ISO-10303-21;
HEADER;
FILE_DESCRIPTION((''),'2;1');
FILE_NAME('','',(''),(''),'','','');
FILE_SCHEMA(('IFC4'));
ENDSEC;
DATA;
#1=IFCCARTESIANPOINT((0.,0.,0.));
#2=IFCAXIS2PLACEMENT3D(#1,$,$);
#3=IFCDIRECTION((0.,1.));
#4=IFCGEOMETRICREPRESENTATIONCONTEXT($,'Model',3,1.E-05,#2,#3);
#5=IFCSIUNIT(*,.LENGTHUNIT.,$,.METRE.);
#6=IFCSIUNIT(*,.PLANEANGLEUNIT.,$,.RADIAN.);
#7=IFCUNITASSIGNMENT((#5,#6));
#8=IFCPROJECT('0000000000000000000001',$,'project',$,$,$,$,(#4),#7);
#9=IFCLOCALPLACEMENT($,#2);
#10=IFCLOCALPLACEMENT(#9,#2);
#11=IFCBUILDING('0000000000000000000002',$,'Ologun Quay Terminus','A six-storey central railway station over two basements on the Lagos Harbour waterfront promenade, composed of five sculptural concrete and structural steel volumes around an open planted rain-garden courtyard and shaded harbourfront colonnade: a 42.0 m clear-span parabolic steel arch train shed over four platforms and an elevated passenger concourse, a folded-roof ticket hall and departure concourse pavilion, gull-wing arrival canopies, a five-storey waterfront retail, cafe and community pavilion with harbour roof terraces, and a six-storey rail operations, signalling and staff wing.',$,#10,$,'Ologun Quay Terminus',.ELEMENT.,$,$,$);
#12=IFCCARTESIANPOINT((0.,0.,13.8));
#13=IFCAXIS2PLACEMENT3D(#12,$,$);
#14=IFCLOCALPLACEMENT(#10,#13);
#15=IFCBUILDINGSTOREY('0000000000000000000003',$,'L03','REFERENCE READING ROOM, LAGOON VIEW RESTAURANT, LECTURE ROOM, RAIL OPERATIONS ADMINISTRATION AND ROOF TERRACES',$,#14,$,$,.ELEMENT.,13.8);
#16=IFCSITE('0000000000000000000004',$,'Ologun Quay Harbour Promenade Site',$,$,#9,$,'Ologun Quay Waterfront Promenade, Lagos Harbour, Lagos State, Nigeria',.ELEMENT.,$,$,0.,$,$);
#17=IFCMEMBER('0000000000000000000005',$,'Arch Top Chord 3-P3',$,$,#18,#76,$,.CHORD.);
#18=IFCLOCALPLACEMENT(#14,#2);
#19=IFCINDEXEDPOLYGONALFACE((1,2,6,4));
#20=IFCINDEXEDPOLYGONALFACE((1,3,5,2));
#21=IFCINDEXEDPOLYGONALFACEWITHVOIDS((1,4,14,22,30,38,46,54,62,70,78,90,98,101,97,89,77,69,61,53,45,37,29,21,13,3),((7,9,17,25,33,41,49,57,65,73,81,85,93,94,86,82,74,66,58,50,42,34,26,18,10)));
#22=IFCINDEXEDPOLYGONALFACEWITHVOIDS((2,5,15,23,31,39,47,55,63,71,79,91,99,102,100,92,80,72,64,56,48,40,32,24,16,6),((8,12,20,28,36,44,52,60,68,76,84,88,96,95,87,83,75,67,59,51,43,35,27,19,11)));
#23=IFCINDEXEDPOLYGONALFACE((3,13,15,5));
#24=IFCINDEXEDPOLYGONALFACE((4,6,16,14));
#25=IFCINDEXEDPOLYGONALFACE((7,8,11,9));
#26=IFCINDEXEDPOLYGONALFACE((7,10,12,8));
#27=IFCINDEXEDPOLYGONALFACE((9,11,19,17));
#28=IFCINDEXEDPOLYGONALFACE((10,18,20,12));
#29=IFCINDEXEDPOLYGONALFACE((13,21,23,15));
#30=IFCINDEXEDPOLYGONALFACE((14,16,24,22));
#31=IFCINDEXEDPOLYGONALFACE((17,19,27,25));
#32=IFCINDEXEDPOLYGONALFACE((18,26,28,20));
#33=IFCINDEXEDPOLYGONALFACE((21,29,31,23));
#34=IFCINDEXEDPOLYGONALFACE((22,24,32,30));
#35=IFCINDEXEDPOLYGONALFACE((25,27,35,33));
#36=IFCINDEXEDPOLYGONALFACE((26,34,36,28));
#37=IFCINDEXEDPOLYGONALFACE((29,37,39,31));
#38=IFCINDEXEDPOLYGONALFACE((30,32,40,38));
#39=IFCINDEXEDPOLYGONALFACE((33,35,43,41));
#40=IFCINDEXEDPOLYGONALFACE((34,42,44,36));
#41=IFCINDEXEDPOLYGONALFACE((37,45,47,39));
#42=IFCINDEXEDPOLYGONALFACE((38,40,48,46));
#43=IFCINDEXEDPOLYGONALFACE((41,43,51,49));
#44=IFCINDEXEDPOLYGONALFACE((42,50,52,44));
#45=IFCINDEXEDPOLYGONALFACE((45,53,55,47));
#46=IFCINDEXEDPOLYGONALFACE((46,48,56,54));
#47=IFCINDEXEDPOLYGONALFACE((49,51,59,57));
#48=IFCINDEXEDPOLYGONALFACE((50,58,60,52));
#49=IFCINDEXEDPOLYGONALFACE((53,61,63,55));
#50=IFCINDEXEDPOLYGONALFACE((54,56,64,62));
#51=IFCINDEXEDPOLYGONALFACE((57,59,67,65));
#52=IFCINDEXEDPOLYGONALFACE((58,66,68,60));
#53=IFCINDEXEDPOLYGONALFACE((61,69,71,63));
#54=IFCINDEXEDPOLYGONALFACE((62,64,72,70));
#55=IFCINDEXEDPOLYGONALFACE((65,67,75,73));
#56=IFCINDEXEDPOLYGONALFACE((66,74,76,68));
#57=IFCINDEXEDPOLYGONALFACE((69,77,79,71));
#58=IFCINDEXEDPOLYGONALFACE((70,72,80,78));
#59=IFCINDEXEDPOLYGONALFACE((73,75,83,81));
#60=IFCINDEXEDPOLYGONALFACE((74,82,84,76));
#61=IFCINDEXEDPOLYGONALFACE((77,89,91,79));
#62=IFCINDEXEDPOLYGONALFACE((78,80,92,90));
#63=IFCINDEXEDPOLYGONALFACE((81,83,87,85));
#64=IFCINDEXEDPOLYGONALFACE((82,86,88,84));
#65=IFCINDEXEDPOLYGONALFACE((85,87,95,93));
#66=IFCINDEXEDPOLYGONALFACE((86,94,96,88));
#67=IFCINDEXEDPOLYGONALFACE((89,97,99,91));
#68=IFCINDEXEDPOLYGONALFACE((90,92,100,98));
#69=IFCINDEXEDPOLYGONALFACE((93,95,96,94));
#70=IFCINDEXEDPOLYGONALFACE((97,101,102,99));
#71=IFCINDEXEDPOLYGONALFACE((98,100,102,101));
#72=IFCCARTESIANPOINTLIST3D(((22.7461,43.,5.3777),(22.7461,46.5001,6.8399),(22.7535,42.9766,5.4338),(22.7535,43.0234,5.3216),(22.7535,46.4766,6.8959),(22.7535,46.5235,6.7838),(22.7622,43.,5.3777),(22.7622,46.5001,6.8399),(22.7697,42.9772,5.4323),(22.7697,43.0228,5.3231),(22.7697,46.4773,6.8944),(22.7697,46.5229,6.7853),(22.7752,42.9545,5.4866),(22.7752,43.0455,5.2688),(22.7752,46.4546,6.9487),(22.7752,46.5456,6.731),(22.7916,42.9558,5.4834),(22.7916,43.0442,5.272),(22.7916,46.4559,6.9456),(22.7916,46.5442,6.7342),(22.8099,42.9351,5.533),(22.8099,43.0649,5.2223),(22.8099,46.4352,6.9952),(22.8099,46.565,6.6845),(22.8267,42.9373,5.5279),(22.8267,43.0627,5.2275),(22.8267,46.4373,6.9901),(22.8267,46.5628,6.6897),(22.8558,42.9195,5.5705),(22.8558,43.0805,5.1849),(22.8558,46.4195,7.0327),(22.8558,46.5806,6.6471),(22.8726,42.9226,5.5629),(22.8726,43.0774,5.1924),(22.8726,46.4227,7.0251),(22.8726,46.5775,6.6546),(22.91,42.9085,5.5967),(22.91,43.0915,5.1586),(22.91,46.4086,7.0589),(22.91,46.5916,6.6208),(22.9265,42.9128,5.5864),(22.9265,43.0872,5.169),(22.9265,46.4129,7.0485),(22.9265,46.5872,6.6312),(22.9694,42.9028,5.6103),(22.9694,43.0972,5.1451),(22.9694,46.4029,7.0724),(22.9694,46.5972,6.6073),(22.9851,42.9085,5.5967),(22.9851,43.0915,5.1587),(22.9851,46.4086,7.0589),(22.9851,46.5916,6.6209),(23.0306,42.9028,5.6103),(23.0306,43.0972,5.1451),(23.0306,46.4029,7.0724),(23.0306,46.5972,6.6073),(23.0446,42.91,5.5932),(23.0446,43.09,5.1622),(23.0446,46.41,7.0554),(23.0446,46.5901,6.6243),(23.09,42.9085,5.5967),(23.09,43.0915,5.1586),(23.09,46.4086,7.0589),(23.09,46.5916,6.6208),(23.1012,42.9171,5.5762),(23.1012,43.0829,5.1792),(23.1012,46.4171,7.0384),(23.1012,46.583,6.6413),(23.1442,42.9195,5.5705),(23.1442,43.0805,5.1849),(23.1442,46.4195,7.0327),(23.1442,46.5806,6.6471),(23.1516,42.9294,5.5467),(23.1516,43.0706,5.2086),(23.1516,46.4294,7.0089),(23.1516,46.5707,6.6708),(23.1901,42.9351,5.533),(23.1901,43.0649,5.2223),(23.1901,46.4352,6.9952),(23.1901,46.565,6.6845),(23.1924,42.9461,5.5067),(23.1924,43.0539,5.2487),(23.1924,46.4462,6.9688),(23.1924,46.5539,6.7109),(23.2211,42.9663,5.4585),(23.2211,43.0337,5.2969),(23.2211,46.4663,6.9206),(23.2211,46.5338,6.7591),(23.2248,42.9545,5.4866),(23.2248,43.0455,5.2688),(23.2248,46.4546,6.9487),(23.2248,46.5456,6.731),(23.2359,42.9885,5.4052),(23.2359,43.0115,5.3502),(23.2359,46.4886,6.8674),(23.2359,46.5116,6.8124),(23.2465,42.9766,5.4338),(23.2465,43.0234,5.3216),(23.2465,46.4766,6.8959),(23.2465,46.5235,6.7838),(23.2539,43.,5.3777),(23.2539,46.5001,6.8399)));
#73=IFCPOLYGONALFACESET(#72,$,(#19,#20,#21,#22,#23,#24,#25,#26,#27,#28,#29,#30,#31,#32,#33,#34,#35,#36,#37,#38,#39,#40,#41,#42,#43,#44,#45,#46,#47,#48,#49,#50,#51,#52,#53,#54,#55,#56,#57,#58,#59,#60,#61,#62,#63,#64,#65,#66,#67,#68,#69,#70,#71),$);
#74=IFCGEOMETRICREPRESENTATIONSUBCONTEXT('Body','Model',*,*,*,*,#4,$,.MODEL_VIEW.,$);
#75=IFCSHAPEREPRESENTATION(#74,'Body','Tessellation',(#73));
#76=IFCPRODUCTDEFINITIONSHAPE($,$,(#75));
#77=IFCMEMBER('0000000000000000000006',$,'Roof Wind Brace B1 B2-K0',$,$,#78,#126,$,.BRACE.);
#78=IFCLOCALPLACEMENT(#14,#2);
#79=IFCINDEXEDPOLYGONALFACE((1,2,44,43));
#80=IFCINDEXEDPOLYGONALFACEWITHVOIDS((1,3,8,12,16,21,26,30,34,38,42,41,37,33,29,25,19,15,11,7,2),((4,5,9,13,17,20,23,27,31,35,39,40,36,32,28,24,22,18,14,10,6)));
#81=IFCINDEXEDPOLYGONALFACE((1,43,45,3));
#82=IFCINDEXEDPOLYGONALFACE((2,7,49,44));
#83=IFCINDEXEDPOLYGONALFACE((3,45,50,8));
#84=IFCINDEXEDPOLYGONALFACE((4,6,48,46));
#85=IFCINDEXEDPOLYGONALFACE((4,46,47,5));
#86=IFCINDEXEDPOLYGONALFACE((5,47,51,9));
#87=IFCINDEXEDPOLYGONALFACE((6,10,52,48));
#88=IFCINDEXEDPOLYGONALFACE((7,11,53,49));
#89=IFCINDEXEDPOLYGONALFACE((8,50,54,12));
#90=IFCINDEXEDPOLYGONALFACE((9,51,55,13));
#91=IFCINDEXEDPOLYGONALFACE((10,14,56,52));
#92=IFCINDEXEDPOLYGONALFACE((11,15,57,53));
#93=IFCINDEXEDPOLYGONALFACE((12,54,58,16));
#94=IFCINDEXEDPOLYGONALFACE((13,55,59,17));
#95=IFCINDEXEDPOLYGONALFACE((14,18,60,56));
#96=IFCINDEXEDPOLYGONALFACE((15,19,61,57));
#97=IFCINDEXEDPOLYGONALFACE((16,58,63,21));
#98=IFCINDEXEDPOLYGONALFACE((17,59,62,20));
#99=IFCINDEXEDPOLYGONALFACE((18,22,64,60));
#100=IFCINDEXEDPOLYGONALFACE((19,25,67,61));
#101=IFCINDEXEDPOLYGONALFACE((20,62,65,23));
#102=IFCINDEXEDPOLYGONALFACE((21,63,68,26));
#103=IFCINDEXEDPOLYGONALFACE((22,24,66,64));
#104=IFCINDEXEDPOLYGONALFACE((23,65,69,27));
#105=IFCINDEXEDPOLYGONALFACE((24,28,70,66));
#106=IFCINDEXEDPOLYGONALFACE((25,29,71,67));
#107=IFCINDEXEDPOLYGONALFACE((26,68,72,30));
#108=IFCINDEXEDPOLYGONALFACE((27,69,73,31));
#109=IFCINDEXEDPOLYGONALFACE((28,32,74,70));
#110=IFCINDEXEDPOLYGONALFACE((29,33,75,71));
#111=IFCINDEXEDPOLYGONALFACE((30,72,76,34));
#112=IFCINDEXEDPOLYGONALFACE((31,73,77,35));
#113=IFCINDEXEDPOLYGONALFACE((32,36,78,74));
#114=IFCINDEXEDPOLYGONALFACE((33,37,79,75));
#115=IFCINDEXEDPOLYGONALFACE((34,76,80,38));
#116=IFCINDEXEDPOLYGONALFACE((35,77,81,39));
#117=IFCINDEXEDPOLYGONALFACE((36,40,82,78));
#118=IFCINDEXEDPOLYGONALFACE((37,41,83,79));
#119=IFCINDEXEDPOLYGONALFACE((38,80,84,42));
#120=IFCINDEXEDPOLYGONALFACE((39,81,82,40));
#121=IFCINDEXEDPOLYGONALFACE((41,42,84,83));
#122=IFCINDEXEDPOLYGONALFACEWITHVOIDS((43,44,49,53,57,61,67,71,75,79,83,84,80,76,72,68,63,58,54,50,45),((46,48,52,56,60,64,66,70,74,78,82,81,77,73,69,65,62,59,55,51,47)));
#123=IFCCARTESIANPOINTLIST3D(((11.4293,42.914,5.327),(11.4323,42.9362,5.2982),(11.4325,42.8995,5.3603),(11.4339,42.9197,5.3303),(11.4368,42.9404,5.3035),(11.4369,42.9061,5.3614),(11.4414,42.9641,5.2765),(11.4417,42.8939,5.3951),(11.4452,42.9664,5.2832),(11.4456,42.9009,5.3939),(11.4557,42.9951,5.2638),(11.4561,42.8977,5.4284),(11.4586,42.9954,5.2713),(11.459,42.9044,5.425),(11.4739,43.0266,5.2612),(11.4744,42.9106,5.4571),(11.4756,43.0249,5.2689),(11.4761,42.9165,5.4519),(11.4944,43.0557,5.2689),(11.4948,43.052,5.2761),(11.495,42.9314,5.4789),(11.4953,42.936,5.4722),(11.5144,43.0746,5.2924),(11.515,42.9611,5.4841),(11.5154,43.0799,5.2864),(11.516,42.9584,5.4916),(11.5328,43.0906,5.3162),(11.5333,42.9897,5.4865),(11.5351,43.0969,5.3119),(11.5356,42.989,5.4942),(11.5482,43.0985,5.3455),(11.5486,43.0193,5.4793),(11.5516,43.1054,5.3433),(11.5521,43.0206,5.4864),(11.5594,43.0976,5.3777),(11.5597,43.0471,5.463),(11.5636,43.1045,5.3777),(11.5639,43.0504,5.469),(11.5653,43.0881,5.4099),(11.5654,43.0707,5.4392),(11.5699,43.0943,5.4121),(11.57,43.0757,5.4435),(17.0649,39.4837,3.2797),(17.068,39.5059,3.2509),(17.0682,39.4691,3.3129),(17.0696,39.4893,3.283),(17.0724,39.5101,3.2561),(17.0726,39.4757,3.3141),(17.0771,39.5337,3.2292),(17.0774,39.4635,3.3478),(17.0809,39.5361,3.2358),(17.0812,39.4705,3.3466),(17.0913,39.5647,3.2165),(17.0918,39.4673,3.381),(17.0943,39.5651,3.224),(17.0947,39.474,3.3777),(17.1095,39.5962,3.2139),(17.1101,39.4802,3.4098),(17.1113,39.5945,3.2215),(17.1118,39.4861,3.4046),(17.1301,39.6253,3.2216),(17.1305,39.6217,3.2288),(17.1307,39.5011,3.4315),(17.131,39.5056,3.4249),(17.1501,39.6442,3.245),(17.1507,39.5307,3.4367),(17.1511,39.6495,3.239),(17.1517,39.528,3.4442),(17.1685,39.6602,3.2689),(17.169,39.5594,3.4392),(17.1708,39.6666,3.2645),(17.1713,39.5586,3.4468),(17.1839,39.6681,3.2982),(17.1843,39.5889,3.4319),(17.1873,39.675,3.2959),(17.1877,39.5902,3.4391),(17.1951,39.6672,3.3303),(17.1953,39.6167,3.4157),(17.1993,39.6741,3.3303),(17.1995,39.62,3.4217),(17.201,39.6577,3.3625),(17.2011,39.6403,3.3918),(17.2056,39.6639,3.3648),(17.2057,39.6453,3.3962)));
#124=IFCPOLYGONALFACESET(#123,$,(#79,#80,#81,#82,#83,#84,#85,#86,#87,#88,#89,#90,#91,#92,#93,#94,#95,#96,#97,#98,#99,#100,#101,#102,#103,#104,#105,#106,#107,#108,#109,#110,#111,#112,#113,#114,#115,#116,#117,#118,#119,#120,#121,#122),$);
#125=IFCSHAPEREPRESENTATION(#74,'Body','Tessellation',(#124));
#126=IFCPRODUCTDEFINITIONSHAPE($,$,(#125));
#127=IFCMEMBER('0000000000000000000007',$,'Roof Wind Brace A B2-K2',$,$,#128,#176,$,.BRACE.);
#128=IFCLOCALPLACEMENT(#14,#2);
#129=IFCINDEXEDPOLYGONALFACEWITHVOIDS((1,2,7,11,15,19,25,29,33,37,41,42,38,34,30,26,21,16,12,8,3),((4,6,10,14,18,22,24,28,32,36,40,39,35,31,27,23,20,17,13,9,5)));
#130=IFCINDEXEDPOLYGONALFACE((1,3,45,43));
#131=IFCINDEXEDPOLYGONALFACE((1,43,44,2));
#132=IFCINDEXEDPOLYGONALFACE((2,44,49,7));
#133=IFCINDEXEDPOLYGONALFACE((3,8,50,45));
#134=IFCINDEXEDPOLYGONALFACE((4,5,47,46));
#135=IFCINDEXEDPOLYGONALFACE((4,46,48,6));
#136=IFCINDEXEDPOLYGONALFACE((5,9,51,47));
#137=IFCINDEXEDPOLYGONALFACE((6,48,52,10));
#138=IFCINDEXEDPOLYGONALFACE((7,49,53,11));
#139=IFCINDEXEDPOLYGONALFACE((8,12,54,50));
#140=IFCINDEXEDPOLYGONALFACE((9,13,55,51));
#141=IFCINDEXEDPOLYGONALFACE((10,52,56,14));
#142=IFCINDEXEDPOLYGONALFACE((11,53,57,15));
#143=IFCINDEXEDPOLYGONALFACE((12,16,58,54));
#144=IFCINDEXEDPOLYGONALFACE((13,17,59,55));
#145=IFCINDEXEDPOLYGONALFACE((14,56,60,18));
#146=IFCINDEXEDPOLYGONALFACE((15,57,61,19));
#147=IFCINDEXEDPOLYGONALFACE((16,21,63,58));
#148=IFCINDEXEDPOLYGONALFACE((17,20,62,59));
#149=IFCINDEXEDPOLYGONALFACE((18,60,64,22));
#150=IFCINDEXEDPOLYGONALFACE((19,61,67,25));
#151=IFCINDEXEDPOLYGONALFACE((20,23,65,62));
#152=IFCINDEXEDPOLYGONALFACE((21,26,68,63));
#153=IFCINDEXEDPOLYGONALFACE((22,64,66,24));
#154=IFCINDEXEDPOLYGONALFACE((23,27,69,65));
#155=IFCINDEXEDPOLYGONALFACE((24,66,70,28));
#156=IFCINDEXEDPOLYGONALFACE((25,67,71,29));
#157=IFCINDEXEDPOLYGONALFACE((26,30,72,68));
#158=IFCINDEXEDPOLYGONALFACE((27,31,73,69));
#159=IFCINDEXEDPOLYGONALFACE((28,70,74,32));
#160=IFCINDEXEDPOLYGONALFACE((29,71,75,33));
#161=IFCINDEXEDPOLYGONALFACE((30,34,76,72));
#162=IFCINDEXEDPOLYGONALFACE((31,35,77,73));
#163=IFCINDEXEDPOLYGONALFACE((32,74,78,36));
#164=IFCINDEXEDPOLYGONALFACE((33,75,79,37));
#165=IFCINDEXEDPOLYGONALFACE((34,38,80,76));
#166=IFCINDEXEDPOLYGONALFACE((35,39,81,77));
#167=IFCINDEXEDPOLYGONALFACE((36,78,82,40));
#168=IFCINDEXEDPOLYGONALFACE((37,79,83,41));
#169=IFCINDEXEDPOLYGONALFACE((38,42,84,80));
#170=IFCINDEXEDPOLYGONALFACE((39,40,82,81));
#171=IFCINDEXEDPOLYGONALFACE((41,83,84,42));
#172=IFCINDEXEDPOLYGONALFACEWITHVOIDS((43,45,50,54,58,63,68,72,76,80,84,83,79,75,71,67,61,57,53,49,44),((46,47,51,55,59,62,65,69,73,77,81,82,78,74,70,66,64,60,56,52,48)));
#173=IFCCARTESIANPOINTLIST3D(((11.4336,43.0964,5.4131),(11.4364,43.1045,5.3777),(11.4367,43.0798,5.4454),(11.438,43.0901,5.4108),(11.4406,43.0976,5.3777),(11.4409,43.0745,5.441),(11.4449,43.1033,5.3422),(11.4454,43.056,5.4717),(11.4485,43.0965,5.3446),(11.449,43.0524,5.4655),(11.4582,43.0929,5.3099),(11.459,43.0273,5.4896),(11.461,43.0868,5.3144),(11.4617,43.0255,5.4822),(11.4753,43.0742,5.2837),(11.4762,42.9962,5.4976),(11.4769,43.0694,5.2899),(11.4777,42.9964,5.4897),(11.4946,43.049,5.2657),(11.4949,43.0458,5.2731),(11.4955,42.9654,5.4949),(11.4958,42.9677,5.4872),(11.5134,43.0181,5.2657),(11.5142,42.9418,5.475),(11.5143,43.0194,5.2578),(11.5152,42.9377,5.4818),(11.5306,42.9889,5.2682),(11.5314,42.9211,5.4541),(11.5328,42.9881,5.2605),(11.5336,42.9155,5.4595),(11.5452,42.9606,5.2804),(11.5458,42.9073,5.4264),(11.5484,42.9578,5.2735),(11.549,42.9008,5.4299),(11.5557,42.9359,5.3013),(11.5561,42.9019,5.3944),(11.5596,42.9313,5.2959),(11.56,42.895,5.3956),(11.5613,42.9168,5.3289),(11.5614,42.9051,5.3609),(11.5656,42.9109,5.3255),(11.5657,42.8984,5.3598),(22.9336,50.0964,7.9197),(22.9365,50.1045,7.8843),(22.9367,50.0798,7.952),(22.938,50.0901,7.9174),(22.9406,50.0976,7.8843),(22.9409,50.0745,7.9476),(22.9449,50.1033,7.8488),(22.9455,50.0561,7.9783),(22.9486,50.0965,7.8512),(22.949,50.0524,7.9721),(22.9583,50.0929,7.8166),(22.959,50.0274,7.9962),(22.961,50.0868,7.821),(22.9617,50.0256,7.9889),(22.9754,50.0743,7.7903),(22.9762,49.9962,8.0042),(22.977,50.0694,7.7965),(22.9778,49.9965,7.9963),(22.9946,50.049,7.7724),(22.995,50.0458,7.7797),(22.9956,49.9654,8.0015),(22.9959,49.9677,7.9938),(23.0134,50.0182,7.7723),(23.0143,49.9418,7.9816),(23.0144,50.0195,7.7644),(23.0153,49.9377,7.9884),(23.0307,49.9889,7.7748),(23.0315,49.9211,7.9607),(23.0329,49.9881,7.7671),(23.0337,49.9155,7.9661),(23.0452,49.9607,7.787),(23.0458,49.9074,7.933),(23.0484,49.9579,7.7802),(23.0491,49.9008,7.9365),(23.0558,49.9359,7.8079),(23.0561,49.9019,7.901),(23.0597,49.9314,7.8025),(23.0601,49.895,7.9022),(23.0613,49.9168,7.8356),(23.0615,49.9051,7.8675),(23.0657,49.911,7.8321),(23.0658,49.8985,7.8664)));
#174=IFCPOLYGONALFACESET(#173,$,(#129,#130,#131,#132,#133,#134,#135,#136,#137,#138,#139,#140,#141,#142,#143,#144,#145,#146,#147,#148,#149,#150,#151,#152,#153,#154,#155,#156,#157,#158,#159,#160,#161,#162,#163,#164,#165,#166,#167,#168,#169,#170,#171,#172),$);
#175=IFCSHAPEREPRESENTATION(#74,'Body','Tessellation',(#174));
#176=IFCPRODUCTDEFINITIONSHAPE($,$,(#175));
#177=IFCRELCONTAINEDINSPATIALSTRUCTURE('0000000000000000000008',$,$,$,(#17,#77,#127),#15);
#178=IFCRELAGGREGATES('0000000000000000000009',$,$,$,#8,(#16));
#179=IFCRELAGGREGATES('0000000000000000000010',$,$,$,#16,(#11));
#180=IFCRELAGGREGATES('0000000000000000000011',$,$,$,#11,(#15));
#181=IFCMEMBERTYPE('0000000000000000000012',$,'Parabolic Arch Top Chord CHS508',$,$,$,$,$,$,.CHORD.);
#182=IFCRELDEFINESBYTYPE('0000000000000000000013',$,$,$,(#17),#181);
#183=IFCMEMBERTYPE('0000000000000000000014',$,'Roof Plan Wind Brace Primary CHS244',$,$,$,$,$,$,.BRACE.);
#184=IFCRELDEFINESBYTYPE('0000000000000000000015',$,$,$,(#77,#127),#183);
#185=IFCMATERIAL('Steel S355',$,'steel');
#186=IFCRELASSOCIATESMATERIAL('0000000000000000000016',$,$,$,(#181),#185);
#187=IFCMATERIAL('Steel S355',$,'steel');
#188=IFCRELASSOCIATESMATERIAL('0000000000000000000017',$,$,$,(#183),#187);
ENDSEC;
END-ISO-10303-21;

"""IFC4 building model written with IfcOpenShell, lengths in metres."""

from ifc_helpers import new_model, si_unit, direction, frame, origin, origin_2d, place, context, subcontext, project, spatial, hollow_circle, extrude, material, material_profile, profile_set, type_object, element, save


model = new_model("IFC4")

# Units and contexts
model_context = context("Model", 3, precision=1e-05, world=origin(), true_north=direction((0.0, 1.0)))
body_context = subcontext(model_context, "Body", "Model", "MODEL_VIEW")
ifc_project = project(units=[si_unit("LENGTHUNIT", "METRE"), si_unit("PLANEANGLEUNIT", "RADIAN")], contexts=[model_context])

# Site, building, storey
site_placement = place(None, origin())
site = spatial("IfcSite", under=ifc_project, at=site_placement, Name="Ologun Quay Harbour Promenade Site", LongName="Ologun Quay Waterfront Promenade, Lagos Harbour, Lagos State, Nigeria", CompositionType="ELEMENT", RefElevation=0.0)
building_placement = place(site_placement, origin())
building = spatial("IfcBuilding", under=site, at=building_placement, Name="Ologun Quay Terminus", Description="A six-storey central railway station over two basements on the Lagos Harbour waterfront promenade, composed of five sculptural concrete and structural steel volumes around an open planted rain-garden courtyard and shaded harbourfront colonnade: a 42.0 m clear-span parabolic steel arch train shed over four platforms and an elevated passenger concourse, a folded-roof ticket hall and departure concourse pavilion, gull-wing arrival canopies, a five-storey waterfront retail, cafe and community pavilion with harbour roof terraces, and a six-storey rail operations, signalling and staff wing.", LongName="Ologun Quay Terminus", CompositionType="ELEMENT")
storey_placement = place(building_placement, frame((0.0, 0.0, 13.8)))
storey = spatial("IfcBuildingStorey", under=building, at=storey_placement, Name="L03", Description="REFERENCE READING ROOM, LAGOON VIEW RESTAURANT, LECTURE ROOM, RAIL OPERATIONS ADMINISTRATION AND ROOF TERRACES", CompositionType="ELEMENT", Elevation=13.8)

# Members
ifc_material_1 = material(Name="Steel S355", Category="steel")
ifc_material_profile_1 = material_profile(ifc_material_1, hollow_circle(Radius=0.2539, WallThickness=0.0161, at=origin_2d()), Name="CHS 508x16")
ifc_profile_set_1 = profile_set([ifc_material_profile_1], Name="Steel S355")
member_type_1 = type_object("IfcMemberType", Name="Parabolic Arch Top Chord CHS508", PredefinedType="CHORD", material=ifc_profile_set_1)
member_1_placement = place(storey_placement, frame((23.0, 43.0, 5.3777), z_axis=(0.0, 0.922719, 0.385474), x_axis=(-1.0, 0.0, 0.0)))
element("IfcMember", 1, at=member_1_placement, inside=storey, type_object=member_type_1, Name="Arch Top Chord 3-P3", PredefinedType="CHORD", context=body_context, shape_type="SweptSolid", body=[
    extrude(hollow_circle(Radius=0.2539, WallThickness=0.0161, at=origin_2d()), origin(), (0.0, 0.0, 1.0), 3.7932),
])
ifc_material_2 = material(Name="Steel S355", Category="steel")
ifc_material_profile_2 = material_profile(ifc_material_2, hollow_circle(Radius=0.1223, WallThickness=0.0081, at=origin_2d()), Name="CHS 244.5x8")
ifc_profile_set_2 = profile_set([ifc_material_profile_2], Name="Steel S355")
member_type_2 = type_object("IfcMemberType", Name="Roof Plan Wind Brace Primary CHS244", PredefinedType="BRACE", material=ifc_profile_set_2)
member_2_placement = place(storey_placement, frame((11.5, 43.0, 5.3777), z_axis=(0.815823, -0.496583, -0.296374), x_axis=(0.519943, 0.854201, 0.0)))
element("IfcMember", 2, at=member_2_placement, inside=storey, type_object=member_type_2, Name="Roof Wind Brace B1 B2-K0", PredefinedType="BRACE", context=body_context, shape_type="SweptSolid", body=[
    extrude(hollow_circle(Radius=0.1223, WallThickness=0.0081, at=origin_2d()), origin(), (0.0, 0.0, 1.0), 6.908),
])
member_3_placement = place(storey_placement, frame((11.5, 43.0, 5.3777), z_axis=(0.839767, 0.511163, 0.183039), x_axis=(-0.519947, 0.854199, 0.0)))
element("IfcMember", 3, at=member_3_placement, inside=storey, type_object=member_type_2, Name="Roof Wind Brace A B2-K2", PredefinedType="BRACE", context=body_context, shape_type="SweptSolid", body=[
    extrude(hollow_circle(Radius=0.1223, WallThickness=0.0081, at=origin_2d()), origin(), (0.0, 0.0, 1.0), 13.6943),
])

save(model, "model.ifc")
